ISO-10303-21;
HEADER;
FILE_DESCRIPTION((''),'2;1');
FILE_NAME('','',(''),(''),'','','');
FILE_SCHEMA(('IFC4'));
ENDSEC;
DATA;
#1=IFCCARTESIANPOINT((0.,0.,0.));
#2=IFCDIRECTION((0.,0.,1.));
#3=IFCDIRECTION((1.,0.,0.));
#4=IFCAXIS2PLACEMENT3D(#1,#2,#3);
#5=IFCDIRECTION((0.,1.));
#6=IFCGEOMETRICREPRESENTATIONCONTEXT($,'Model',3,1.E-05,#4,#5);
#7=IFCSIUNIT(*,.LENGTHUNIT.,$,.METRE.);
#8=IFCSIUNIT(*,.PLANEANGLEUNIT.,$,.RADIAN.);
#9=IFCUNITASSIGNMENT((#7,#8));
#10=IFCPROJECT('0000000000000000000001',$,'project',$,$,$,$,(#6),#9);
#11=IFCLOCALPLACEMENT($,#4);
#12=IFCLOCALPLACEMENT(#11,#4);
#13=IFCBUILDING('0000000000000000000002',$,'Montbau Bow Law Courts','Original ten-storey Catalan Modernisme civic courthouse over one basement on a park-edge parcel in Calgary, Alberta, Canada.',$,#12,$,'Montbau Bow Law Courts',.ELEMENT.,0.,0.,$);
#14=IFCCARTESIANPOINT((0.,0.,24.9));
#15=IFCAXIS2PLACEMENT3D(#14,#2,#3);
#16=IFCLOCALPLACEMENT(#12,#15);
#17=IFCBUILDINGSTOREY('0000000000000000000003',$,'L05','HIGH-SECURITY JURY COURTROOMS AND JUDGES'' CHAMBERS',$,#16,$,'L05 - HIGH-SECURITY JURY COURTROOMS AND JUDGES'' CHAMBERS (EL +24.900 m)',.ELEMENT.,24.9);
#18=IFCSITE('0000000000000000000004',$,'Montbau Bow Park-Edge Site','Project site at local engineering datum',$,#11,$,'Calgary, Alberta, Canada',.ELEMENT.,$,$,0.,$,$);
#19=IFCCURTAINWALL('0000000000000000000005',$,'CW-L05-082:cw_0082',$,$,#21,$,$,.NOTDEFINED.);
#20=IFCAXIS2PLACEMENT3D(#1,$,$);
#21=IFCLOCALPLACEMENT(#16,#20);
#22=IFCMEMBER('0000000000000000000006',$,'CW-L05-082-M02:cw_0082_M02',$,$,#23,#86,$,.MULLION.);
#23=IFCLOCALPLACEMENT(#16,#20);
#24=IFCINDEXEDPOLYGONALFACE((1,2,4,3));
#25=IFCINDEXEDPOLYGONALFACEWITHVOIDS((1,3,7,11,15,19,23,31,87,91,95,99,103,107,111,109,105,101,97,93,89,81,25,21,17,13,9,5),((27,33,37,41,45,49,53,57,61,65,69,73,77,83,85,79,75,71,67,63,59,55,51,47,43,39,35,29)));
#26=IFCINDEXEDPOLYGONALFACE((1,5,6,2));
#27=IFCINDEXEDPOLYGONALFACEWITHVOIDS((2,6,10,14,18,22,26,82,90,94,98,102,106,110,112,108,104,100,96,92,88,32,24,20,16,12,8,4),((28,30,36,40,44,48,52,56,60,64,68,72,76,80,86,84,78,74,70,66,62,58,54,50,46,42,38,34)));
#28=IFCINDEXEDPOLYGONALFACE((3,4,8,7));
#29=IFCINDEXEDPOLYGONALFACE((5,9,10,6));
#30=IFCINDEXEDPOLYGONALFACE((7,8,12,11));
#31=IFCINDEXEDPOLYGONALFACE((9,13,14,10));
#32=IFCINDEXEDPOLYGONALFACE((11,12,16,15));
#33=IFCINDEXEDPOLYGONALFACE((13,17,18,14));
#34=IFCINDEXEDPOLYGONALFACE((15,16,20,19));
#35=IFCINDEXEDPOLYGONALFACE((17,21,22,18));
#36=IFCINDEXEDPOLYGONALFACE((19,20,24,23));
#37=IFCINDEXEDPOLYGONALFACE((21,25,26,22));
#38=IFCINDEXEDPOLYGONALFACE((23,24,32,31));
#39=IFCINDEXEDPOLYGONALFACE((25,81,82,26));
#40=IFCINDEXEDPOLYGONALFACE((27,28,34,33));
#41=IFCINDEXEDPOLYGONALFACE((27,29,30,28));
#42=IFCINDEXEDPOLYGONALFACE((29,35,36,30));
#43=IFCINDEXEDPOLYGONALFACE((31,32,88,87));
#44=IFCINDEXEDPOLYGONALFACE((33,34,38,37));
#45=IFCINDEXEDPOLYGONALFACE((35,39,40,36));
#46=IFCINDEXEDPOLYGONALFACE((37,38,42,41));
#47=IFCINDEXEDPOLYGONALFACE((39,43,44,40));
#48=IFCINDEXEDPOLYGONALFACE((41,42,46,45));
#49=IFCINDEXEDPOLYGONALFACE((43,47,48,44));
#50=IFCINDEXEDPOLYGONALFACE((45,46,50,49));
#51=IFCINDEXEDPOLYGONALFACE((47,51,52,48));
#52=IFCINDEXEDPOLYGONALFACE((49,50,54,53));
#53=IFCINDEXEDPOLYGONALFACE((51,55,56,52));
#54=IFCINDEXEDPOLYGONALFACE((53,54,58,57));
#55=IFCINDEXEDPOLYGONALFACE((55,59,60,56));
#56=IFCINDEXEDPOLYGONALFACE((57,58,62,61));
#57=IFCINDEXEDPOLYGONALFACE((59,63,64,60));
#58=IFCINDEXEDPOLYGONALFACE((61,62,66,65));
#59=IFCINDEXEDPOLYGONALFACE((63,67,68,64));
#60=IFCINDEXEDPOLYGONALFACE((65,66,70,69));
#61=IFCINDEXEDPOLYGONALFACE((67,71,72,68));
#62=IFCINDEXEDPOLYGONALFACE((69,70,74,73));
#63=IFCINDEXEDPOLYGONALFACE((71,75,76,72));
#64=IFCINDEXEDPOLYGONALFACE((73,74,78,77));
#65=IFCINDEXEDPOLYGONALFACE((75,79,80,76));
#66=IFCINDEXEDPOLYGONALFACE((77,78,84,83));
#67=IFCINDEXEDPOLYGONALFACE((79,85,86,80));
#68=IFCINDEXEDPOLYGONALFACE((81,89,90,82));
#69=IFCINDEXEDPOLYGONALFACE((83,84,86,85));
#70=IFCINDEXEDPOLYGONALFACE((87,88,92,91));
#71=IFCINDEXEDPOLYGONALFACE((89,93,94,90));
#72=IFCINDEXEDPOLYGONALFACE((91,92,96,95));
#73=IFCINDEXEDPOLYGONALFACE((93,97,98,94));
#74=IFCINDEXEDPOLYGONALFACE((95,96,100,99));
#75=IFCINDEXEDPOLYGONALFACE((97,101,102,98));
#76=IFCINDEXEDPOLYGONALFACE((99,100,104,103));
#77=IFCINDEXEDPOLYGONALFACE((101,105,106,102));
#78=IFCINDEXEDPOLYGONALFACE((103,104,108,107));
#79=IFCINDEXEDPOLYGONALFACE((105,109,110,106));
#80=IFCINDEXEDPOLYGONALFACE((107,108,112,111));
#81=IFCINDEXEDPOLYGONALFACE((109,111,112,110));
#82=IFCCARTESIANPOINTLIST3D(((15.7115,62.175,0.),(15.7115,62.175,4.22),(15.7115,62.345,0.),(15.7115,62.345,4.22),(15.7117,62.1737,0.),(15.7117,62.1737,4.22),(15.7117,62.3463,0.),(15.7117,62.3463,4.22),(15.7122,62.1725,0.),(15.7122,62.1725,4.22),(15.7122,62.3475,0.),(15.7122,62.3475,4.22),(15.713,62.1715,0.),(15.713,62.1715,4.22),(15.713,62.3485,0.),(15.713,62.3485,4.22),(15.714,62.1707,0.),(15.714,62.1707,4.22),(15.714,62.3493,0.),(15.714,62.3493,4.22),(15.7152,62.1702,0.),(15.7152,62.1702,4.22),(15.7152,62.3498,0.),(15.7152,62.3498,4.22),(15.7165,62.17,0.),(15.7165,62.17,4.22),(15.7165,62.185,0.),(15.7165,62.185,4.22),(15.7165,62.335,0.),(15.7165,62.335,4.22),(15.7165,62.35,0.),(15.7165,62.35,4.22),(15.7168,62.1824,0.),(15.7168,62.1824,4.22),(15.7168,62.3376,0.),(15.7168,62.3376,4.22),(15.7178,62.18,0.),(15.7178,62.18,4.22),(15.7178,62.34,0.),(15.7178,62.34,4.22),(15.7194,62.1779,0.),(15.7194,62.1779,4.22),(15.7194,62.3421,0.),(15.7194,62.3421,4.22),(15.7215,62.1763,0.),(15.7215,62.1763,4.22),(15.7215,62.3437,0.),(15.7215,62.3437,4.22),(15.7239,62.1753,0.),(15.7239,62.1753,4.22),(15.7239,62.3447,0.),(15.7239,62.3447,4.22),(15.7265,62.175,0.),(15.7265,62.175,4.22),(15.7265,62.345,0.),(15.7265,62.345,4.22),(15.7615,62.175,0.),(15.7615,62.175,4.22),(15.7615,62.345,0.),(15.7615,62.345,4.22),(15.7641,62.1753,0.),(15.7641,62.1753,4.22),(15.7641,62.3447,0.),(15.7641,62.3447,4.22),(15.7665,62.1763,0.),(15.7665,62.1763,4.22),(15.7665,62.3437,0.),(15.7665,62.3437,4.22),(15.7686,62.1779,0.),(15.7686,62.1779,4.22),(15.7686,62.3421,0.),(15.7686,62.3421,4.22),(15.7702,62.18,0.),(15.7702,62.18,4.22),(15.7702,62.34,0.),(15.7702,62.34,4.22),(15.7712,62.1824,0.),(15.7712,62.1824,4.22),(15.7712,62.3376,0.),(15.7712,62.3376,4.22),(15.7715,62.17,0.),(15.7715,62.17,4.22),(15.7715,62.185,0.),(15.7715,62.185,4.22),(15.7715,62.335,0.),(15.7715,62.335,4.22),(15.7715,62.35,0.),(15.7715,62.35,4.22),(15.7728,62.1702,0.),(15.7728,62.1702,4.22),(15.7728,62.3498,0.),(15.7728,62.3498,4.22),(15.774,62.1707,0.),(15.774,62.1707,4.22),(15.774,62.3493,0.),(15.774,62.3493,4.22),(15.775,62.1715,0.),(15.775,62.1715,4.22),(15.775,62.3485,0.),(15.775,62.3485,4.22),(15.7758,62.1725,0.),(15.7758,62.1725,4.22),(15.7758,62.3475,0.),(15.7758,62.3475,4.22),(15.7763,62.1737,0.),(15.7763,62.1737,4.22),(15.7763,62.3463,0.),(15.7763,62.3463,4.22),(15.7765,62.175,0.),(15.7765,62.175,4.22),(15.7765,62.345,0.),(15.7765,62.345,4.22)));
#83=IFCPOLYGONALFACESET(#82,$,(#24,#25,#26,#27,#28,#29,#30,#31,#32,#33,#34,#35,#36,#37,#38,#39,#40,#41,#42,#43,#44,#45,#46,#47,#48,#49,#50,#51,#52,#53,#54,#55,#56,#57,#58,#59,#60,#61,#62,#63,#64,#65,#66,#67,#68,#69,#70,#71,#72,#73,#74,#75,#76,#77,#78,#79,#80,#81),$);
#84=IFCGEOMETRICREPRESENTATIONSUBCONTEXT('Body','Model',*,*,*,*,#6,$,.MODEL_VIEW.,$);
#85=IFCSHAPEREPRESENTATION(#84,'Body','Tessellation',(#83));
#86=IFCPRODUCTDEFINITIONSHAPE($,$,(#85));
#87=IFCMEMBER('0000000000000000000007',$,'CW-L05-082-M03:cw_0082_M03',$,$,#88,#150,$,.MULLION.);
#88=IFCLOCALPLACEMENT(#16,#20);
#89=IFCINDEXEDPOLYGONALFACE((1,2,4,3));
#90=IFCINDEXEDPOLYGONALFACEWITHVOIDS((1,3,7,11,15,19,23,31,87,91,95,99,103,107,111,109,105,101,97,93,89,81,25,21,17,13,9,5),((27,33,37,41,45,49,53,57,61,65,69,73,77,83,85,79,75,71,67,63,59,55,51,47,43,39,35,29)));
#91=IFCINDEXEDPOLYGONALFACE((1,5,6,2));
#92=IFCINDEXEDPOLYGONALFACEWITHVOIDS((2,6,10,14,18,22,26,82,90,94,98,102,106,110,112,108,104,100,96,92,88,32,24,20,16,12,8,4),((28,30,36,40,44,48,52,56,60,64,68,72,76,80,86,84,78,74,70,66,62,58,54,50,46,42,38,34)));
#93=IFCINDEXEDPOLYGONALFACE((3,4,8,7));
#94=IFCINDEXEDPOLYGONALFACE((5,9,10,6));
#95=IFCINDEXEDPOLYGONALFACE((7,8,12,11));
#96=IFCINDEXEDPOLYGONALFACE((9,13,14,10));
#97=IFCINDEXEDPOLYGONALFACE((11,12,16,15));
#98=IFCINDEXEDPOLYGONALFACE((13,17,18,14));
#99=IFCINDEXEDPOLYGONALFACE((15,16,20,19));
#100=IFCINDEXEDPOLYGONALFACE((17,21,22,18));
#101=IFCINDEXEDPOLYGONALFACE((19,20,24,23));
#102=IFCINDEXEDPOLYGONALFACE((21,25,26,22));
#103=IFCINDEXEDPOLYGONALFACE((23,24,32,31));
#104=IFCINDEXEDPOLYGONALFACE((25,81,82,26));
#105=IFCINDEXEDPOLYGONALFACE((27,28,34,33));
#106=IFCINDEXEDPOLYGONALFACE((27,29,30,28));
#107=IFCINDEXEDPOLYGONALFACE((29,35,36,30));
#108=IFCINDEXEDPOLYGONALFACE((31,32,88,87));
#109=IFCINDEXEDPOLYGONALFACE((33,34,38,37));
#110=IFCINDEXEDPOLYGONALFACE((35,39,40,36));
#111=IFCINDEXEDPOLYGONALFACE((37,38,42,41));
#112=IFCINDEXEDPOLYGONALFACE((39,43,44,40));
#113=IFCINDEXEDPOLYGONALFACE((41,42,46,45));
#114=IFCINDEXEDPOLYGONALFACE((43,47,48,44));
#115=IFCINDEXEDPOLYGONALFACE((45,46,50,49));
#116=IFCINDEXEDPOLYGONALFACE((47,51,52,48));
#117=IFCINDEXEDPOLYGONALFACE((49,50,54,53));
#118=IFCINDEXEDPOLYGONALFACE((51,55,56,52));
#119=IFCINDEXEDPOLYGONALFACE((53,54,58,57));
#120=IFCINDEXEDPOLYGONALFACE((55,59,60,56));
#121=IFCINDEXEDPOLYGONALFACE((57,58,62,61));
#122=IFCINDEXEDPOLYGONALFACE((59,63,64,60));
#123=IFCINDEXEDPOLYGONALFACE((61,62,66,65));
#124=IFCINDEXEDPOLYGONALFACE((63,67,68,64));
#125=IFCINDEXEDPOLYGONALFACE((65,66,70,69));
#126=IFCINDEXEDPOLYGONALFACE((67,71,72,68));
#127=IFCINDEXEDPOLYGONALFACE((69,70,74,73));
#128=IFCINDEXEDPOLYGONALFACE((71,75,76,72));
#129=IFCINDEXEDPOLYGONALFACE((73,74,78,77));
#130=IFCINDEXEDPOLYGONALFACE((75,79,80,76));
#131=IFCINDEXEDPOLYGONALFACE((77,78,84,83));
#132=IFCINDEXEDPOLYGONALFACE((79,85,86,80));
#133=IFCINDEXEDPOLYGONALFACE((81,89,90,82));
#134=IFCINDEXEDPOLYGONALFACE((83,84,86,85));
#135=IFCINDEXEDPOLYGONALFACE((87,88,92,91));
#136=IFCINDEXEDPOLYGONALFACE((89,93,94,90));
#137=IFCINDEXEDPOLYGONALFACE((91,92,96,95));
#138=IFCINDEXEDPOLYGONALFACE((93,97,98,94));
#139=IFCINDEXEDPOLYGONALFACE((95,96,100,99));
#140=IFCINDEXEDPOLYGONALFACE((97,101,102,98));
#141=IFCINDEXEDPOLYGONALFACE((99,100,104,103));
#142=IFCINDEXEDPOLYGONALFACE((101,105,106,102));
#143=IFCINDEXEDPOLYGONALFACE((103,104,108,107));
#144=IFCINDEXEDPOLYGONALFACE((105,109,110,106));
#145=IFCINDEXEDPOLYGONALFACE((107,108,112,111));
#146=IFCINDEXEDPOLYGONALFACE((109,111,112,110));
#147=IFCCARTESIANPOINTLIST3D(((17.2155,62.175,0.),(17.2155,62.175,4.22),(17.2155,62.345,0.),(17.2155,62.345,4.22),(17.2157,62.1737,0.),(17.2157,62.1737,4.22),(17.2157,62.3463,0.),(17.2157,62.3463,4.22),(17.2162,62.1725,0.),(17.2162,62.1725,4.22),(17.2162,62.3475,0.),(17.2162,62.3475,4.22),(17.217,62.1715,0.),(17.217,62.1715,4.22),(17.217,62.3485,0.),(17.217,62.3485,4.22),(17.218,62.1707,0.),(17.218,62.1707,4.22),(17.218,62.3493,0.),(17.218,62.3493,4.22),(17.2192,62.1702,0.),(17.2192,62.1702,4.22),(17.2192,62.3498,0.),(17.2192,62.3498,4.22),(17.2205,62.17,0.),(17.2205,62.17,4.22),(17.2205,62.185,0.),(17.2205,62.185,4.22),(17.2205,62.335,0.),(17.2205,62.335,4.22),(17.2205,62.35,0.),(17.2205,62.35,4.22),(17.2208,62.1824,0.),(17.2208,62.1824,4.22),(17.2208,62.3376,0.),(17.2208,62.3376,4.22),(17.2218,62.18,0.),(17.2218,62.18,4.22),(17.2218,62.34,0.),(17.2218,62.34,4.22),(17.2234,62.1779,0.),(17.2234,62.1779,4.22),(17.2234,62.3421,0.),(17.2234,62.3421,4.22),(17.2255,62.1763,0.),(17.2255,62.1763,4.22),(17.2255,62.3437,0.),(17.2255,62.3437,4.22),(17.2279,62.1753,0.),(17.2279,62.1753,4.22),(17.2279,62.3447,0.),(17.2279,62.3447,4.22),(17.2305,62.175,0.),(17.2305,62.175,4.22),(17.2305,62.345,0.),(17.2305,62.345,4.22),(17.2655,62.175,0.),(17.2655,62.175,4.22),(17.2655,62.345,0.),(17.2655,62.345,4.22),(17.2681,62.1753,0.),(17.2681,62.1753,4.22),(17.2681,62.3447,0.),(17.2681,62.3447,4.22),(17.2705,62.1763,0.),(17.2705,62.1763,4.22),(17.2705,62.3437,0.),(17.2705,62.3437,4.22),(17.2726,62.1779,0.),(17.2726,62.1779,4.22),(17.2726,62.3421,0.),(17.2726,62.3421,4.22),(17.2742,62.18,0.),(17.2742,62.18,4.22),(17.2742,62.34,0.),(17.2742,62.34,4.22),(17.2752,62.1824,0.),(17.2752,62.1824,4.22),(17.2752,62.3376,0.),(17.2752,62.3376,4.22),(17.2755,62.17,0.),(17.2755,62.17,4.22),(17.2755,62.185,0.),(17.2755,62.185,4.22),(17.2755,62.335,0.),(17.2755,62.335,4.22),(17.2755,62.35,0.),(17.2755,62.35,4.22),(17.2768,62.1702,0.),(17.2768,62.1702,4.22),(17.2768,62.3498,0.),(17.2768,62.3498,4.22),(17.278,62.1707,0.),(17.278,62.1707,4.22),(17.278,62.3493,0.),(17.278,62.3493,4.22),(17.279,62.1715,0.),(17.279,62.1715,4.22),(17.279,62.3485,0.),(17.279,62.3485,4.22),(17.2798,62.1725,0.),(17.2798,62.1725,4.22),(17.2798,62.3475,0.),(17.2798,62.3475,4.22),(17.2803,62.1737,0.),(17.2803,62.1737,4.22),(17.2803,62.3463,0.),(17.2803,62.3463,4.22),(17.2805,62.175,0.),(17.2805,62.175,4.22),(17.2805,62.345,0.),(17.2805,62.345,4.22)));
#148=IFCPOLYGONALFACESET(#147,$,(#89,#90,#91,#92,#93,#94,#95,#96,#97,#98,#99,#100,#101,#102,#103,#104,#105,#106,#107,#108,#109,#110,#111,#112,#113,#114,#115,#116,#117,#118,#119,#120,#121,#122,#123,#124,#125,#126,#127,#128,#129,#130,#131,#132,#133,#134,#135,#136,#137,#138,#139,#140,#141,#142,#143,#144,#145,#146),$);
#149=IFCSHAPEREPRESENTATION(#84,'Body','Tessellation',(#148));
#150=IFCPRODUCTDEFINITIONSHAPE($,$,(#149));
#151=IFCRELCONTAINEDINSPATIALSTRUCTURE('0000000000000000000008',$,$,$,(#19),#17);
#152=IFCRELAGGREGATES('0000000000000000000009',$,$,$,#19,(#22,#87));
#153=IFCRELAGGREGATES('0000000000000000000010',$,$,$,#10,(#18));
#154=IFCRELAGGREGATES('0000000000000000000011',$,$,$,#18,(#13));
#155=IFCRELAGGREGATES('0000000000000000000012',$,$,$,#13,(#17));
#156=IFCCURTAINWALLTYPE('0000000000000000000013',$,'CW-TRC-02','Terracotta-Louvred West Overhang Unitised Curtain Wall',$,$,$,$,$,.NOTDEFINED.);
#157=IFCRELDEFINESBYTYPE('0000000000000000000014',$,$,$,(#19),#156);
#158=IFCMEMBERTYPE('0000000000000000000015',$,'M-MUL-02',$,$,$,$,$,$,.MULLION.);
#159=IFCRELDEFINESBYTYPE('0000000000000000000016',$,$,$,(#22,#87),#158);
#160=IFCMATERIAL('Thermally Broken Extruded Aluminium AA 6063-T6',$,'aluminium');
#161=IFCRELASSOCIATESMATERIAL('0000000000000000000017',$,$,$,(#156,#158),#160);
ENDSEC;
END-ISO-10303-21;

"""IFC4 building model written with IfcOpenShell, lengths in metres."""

from ifc_helpers import new_model, si_unit, direction, frame, origin_with_axes, origin_2d_with_axis, place, context, subcontext, project, spatial, hollow_rectangle, extrude, material, material_profile, profile_set, type_object, element, aggregate, save


model = new_model("IFC4")

# Units and contexts
model_context = context("Model", 3, precision=1e-05, world=origin_with_axes(), true_north=direction((0.0, 1.0)))
body_context = subcontext(model_context, "Body", "Model", "MODEL_VIEW")
ifc_project = project(units=[si_unit("LENGTHUNIT", "METRE"), si_unit("PLANEANGLEUNIT", "RADIAN")], contexts=[model_context])

# Site, building, storey
site_placement = place(None, origin_with_axes())
site = spatial("IfcSite", under=ifc_project, at=site_placement, Name="Montbau Bow Park-Edge Site", Description="Project site at local engineering datum", LongName="Calgary, Alberta, Canada", CompositionType="ELEMENT", RefElevation=0.0)
building_placement = place(site_placement, origin_with_axes())
building = spatial("IfcBuilding", under=site, at=building_placement, Name="Montbau Bow Law Courts", Description="Original ten-storey Catalan Modernisme civic courthouse over one basement on a park-edge parcel in Calgary, Alberta, Canada.", LongName="Montbau Bow Law Courts", CompositionType="ELEMENT", ElevationOfRefHeight=0.0, ElevationOfTerrain=0.0)
storey_placement = place(building_placement, frame((0.0, 0.0, 24.9), z_axis=(0.0, 0.0, 1.0), x_axis=(1.0, 0.0, 0.0)))
storey = spatial("IfcBuildingStorey", under=building, at=storey_placement, Name="L05", Description="HIGH-SECURITY JURY COURTROOMS AND JUDGES' CHAMBERS", LongName="L05 - HIGH-SECURITY JURY COURTROOMS AND JUDGES' CHAMBERS (EL +24.900 m)", CompositionType="ELEMENT", Elevation=24.9)

# Curtain wall, members
ifc_material_1 = material(Name="Thermally Broken Extruded Aluminium AA 6063-T6", Category="aluminium")
curtain_wall_type = type_object("IfcCurtainWallType", Name="CW-TRC-02", Description="Terracotta-Louvred West Overhang Unitised Curtain Wall", PredefinedType="NOTDEFINED", material=ifc_material_1)
curtain_wall_placement = place(None, frame((14.24, 62.26, 24.9), z_axis=(0.0, 0.0, 1.0), x_axis=(1.0, 0.0, 0.0)))
curtain_wall = element("IfcCurtainWall", 1, at=curtain_wall_placement, inside=storey, type_object=curtain_wall_type, Name="CW-L05-082:cw_0082", PredefinedType="NOTDEFINED")
ifc_material_profile_1 = material_profile(ifc_material_1, hollow_rectangle(XDim=0.065, YDim=0.18, WallThickness=0.005, InnerFilletRadius=0.01, OuterFilletRadius=0.005, at=origin_2d_with_axis()), Name="CWM-180X65", Category="Main", Priority=0)
ifc_profile_set_1 = profile_set([ifc_material_profile_1], Name="Thermally Broken Extruded Aluminium AA 6063-T6")
member_type_1 = type_object("IfcMemberType", Name="M-MUL-02", PredefinedType="MULLION", material=ifc_profile_set_1)
member_1_placement = place(None, frame((15.744, 62.26, 24.9), z_axis=(0.0, 0.0, 1.0), x_axis=(1.0, 0.0, 0.0)))
member_1 = element("IfcMember", 2, at=member_1_placement, type_object=member_type_1, Name="CW-L05-082-M02:cw_0082_M02", PredefinedType="MULLION", context=body_context, shape_type="SweptSolid", body=[
    extrude(hollow_rectangle(XDim=0.065, YDim=0.18, WallThickness=0.005, InnerFilletRadius=0.01, OuterFilletRadius=0.005, at=origin_2d_with_axis()), origin_with_axes(), (0.0, 0.0, 1.0), 4.22),
])
member_2_placement = place(None, frame((17.248, 62.26, 24.9), z_axis=(0.0, 0.0, 1.0), x_axis=(1.0, 0.0, 0.0)))
member_2 = element("IfcMember", 3, at=member_2_placement, type_object=member_type_1, Name="CW-L05-082-M03:cw_0082_M03", PredefinedType="MULLION", context=body_context, shape_type="SweptSolid", body=[
    extrude(hollow_rectangle(XDim=0.065, YDim=0.18, WallThickness=0.005, InnerFilletRadius=0.01, OuterFilletRadius=0.005, at=origin_2d_with_axis()), origin_with_axes(), (0.0, 0.0, 1.0), 4.22),
])
aggregate(curtain_wall, [member_1, member_2])

save(model, "model.ifc")
